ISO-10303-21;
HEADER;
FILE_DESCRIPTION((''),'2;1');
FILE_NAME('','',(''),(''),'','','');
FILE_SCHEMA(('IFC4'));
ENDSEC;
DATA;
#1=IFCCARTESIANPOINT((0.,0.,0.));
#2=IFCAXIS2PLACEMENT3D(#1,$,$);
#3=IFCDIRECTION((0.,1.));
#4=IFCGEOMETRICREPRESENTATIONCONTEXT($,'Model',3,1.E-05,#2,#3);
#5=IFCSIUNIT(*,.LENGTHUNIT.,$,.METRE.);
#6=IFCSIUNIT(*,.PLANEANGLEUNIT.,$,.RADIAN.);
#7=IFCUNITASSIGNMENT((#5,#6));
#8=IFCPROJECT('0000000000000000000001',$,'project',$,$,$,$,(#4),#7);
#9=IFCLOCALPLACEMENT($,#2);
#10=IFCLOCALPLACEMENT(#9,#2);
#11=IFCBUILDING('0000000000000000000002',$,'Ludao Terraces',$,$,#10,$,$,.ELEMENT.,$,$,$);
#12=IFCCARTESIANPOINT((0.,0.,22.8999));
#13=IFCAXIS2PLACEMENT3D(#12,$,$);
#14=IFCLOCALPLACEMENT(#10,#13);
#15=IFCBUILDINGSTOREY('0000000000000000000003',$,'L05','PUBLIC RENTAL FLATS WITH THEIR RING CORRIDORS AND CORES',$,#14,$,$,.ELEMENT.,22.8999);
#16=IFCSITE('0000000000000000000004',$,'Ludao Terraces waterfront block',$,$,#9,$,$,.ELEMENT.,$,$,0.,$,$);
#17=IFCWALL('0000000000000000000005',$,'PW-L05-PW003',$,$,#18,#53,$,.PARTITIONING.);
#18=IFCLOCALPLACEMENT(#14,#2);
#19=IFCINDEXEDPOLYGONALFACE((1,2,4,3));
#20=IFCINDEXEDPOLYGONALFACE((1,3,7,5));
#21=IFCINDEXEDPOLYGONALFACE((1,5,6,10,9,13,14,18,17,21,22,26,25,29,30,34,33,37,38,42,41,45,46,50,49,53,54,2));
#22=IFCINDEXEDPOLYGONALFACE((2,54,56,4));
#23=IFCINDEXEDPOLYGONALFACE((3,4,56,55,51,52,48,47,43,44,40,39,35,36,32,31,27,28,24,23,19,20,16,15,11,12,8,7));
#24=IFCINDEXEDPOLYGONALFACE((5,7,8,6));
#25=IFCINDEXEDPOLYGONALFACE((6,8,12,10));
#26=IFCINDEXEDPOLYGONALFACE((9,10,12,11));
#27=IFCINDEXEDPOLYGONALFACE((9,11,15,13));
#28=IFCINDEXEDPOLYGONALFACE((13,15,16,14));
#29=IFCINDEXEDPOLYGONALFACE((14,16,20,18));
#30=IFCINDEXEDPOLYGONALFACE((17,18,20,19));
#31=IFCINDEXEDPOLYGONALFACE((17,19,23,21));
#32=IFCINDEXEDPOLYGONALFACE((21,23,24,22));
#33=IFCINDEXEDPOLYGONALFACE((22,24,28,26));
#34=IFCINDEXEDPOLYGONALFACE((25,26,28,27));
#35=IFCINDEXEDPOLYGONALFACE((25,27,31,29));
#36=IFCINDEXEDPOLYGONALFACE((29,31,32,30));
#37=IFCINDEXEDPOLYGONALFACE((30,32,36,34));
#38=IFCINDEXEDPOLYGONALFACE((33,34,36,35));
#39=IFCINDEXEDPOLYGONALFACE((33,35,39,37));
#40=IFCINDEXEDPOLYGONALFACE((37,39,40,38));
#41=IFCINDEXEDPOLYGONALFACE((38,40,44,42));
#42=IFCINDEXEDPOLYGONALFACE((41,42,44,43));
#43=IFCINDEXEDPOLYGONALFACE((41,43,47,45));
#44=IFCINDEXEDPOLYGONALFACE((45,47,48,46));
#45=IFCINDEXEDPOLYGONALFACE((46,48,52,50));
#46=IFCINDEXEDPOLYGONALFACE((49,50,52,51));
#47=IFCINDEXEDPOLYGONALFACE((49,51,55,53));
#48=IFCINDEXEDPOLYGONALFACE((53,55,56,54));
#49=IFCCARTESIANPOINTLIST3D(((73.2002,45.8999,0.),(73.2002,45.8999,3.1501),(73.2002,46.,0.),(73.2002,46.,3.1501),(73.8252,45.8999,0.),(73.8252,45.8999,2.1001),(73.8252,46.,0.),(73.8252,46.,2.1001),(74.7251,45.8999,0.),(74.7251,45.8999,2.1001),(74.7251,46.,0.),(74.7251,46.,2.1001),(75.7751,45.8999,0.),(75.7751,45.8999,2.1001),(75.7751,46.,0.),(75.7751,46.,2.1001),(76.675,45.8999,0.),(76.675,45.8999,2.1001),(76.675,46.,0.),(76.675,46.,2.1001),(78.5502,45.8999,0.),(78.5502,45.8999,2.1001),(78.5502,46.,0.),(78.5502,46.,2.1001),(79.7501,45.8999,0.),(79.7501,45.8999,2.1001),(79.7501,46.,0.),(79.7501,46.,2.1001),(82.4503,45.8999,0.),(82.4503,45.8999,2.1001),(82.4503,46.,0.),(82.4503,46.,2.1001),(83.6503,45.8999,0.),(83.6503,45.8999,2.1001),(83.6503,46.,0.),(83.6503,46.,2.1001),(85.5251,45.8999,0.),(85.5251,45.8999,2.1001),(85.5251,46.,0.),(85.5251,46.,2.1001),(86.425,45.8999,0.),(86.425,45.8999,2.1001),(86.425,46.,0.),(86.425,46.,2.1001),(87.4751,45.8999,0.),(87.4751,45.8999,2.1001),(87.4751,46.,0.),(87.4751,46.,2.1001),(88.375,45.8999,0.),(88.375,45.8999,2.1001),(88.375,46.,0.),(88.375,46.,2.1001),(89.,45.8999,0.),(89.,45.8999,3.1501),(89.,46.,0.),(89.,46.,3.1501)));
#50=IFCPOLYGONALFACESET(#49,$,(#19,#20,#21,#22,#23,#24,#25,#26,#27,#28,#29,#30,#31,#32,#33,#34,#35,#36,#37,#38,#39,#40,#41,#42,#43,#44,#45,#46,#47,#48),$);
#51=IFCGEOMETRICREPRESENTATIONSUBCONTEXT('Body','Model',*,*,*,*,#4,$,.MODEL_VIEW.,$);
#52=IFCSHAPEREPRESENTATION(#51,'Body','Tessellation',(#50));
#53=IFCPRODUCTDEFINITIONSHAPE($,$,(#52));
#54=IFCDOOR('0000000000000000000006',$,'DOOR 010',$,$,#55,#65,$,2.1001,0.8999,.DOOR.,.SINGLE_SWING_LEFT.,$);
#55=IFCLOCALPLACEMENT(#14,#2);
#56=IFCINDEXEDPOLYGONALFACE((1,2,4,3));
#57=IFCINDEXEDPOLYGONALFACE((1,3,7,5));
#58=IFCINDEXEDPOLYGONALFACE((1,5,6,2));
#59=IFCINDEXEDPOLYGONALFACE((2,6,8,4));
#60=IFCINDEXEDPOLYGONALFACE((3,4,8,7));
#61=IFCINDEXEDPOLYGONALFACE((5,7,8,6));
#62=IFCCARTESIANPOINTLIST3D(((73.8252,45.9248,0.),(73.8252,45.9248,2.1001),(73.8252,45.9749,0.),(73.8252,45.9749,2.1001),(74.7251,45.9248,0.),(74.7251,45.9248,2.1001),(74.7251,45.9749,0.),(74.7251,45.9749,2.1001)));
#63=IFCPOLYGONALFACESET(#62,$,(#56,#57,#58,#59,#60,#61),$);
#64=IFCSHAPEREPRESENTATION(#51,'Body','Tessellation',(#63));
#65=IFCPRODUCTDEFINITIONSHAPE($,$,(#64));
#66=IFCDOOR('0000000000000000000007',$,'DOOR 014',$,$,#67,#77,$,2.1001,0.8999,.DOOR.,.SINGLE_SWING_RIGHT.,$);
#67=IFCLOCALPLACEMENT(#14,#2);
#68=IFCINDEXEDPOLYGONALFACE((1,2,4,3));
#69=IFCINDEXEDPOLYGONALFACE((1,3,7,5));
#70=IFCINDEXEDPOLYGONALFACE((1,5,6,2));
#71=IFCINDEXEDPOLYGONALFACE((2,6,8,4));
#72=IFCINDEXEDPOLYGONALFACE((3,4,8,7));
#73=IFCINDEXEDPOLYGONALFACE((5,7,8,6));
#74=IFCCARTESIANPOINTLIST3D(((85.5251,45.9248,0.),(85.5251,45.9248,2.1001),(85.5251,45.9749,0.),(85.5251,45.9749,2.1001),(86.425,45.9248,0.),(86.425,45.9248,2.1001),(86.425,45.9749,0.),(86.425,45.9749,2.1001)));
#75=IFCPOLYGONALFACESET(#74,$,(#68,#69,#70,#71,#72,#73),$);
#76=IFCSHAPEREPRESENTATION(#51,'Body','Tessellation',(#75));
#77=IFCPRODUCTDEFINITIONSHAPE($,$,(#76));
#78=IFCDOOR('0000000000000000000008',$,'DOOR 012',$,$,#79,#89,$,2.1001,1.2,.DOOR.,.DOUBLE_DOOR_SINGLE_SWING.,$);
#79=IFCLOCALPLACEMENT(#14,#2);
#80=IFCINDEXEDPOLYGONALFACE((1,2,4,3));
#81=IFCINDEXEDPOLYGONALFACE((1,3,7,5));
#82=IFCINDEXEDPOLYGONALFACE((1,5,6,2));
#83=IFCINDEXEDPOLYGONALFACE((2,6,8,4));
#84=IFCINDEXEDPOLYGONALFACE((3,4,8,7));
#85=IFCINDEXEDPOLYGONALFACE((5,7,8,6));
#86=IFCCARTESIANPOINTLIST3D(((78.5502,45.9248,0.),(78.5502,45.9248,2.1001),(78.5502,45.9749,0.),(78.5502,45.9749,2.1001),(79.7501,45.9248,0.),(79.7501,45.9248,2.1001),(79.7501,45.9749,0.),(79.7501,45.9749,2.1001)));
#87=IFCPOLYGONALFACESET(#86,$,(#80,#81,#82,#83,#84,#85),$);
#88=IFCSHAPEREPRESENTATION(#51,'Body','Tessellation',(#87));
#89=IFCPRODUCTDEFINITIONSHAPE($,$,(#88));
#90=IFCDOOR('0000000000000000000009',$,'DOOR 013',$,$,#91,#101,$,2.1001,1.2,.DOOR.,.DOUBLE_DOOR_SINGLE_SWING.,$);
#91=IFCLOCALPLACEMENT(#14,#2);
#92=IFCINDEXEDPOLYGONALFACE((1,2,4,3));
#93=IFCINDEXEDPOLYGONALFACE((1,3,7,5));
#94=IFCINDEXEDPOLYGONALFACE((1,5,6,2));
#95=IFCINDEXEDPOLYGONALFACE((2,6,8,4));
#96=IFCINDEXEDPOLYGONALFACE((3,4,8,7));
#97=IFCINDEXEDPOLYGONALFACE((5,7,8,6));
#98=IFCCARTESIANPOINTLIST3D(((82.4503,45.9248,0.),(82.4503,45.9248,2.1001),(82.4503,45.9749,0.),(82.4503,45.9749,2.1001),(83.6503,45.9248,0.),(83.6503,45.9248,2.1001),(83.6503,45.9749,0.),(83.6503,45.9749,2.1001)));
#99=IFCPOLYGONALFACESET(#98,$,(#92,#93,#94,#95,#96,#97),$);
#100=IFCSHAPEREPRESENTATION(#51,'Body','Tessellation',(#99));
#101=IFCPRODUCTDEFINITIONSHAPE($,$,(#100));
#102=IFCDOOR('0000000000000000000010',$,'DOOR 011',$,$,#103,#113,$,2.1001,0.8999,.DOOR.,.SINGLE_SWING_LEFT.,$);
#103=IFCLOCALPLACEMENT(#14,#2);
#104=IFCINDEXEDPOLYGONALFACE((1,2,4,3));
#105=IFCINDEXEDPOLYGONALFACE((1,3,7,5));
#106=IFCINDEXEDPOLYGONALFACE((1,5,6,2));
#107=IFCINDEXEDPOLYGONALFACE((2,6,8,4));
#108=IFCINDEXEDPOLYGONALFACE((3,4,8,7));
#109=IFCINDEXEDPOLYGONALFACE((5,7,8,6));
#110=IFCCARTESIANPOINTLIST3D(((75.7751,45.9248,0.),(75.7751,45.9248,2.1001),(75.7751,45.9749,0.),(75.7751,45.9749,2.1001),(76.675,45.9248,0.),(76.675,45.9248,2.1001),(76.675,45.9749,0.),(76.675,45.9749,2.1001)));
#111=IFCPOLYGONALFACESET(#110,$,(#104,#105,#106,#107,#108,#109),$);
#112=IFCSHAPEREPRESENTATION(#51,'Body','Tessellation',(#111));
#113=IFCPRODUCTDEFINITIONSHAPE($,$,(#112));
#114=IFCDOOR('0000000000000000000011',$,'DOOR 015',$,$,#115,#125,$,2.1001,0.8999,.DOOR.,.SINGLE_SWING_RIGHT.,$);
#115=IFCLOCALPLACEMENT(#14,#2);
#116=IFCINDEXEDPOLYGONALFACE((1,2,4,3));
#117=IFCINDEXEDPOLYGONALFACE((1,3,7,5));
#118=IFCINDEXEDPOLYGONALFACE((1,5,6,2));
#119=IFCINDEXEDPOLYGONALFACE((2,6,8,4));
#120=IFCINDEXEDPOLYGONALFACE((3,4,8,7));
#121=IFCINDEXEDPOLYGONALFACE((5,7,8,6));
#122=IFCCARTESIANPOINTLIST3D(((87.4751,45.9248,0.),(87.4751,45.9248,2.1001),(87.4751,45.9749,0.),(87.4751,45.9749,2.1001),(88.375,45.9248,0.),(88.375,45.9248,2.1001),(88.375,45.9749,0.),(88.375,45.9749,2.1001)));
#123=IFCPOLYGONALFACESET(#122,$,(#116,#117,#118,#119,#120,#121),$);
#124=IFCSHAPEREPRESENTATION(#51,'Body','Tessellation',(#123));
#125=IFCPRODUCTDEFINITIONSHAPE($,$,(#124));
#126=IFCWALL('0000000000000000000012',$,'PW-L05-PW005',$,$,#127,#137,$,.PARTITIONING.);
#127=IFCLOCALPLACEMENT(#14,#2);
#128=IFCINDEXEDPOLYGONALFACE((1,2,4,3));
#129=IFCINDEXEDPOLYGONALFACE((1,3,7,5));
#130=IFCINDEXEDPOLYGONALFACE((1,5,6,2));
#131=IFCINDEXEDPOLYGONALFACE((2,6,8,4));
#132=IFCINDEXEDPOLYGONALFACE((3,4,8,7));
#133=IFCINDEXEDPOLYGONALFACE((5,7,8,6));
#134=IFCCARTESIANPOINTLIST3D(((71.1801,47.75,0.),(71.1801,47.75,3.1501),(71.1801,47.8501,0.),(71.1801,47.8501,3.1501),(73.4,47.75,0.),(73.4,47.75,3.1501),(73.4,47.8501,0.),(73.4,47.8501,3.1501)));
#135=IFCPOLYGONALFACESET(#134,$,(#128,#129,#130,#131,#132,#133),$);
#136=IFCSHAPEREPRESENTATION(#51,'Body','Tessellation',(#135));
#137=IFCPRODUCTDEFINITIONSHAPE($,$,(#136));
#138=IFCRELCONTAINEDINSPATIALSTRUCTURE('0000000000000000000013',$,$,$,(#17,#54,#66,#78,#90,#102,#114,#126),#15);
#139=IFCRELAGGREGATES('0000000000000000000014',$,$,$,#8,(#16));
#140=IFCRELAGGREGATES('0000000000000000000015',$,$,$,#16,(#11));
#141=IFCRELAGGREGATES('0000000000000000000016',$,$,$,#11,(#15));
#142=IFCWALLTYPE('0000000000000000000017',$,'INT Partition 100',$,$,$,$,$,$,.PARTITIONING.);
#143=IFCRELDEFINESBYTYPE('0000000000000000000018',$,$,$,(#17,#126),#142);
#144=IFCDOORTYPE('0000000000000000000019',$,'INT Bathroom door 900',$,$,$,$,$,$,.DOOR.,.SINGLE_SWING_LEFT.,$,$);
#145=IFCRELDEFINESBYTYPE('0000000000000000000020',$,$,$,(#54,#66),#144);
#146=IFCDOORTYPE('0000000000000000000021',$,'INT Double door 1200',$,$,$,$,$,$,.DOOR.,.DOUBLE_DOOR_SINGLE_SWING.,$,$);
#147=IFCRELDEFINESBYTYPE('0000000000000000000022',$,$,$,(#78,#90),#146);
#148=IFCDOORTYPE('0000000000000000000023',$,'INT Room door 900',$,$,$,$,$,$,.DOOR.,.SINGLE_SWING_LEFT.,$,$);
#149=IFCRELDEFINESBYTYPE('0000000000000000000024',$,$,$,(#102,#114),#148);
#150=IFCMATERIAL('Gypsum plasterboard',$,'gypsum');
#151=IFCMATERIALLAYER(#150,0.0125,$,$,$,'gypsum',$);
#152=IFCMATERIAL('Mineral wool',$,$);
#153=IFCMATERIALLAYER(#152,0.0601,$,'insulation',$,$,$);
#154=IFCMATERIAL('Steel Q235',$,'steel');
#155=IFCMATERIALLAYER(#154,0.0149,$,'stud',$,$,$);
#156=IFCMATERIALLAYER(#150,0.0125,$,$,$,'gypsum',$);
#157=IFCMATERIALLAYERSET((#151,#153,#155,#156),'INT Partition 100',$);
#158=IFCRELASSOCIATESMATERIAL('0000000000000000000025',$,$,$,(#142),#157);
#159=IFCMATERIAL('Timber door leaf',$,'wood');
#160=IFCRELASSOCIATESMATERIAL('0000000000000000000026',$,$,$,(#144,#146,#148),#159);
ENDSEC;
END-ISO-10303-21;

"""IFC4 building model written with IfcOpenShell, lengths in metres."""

from ifc_helpers import new_model, si_unit, direction, frame, frame_2d, origin, place, context, subcontext, project, spatial, rectangle, extrude, material, layer, layer_set, type_object, element, fill, save


model = new_model("IFC4")

# Units and contexts
model_context = context("Model", 3, precision=1e-05, world=origin(), true_north=direction((0.0, 1.0)))
body_context = subcontext(model_context, "Body", "Model", "MODEL_VIEW")
ifc_project = project(units=[si_unit("LENGTHUNIT", "METRE"), si_unit("PLANEANGLEUNIT", "RADIAN")], contexts=[model_context])

# Site, building, storey
site_placement = place(None, origin())
site = spatial("IfcSite", under=ifc_project, at=site_placement, Name="Ludao Terraces waterfront block", CompositionType="ELEMENT", RefElevation=0.0)
building_placement = place(site_placement, origin())
building = spatial("IfcBuilding", under=site, at=building_placement, Name="Ludao Terraces", CompositionType="ELEMENT")
storey_placement = place(building_placement, frame((0.0, 0.0, 22.8999)))
storey = spatial("IfcBuildingStorey", under=building, at=storey_placement, Name="L05", Description="PUBLIC RENTAL FLATS WITH THEIR RING CORRIDORS AND CORES", CompositionType="ELEMENT", Elevation=22.8999)

# Shared definitions
ifc_material_1 = material(Name="Mineral wool")

# Wall, openings, doors
ifc_material_2 = material(Name="Gypsum plasterboard", Category="gypsum")
ifc_layer_1 = layer(ifc_material_2, 0.0125, Category="gypsum")
ifc_layer_2 = layer(ifc_material_1, 0.0601, Name="insulation")
ifc_material_3 = material(Name="Steel Q235", Category="steel")
ifc_layer_3 = layer(ifc_material_3, 0.0149, Name="stud")
ifc_layer_4 = layer(ifc_material_2, 0.0125, Category="gypsum")
ifc_layer_set_1 = layer_set([ifc_layer_1, ifc_layer_2, ifc_layer_3, ifc_layer_4], Name="INT Partition 100")
wall_type_1 = type_object("IfcWallType", Name="INT Partition 100", PredefinedType="PARTITIONING", material=ifc_layer_set_1)
wall_1_placement = place(storey_placement, frame((73.2002, 45.95, 0.0), z_axis=(0.0, 0.0, 1.0), x_axis=(1.0, 0.0, 0.0)))
wall_1 = element("IfcWall", 1, at=wall_1_placement, inside=storey, type_object=wall_type_1, Name="PW-L05-PW003", PredefinedType="PARTITIONING", context=body_context, shape_type="SweptSolid", body=[
    extrude(rectangle(XDim=15.7998, YDim=0.1001, at=frame_2d((7.8999, 0.0))), origin(), (0.0, 0.0, 1.0), 3.1501),
])
opening_1_placement = place(wall_1_placement, frame((0.625, 0.0, 0.0)))
opening_1 = element("IfcOpeningElement", 2, at=opening_1_placement, cuts=wall_1, PredefinedType="OPENING", context=body_context, shape_type="SweptSolid", body=[
    extrude(rectangle(XDim=0.8999, YDim=2.1001, at=frame_2d((0.45, 1.05))), frame((0.0, 0.0601, 0.0), z_axis=(0.0, -1.0, 0.0), x_axis=(1.0, 0.0, 0.0)), (0.0, 0.0, 1.0), 0.1201),
])
opening_2_placement = place(wall_1_placement, frame((2.575, 0.0, 0.0)))
opening_2 = element("IfcOpeningElement", 3, at=opening_2_placement, cuts=wall_1, PredefinedType="OPENING", context=body_context, shape_type="SweptSolid", body=[
    extrude(rectangle(XDim=0.8999, YDim=2.1001, at=frame_2d((0.45, 1.05))), frame((0.0, 0.0601, 0.0), z_axis=(0.0, -1.0, 0.0), x_axis=(1.0, 0.0, 0.0)), (0.0, 0.0, 1.0), 0.1201),
])
opening_3_placement = place(wall_1_placement, frame((5.3499, 0.0, 0.0)))
opening_3 = element("IfcOpeningElement", 4, at=opening_3_placement, cuts=wall_1, PredefinedType="OPENING", context=body_context, shape_type="SweptSolid", body=[
    extrude(rectangle(XDim=1.2, YDim=2.1001, at=frame_2d((0.6001, 1.05))), frame((0.0, 0.0601, 0.0), z_axis=(0.0, -1.0, 0.0), x_axis=(1.0, 0.0, 0.0)), (0.0, 0.0, 1.0), 0.1201),
])
opening_4_placement = place(wall_1_placement, frame((9.25, 0.0, 0.0)))
opening_4 = element("IfcOpeningElement", 5, at=opening_4_placement, cuts=wall_1, PredefinedType="OPENING", context=body_context, shape_type="SweptSolid", body=[
    extrude(rectangle(XDim=1.2, YDim=2.1001, at=frame_2d((0.6001, 1.05))), frame((0.0, 0.0601, 0.0), z_axis=(0.0, -1.0, 0.0), x_axis=(1.0, 0.0, 0.0)), (0.0, 0.0, 1.0), 0.1201),
])
opening_5_placement = place(wall_1_placement, frame((12.325, 0.0, 0.0)))
opening_5 = element("IfcOpeningElement", 6, at=opening_5_placement, cuts=wall_1, PredefinedType="OPENING", context=body_context, shape_type="SweptSolid", body=[
    extrude(rectangle(XDim=0.8999, YDim=2.1001, at=frame_2d((0.45, 1.05))), frame((0.0, 0.0601, 0.0), z_axis=(0.0, -1.0, 0.0), x_axis=(1.0, 0.0, 0.0)), (0.0, 0.0, 1.0), 0.1201),
])
opening_6_placement = place(wall_1_placement, frame((14.2749, 0.0, 0.0)))
opening_6 = element("IfcOpeningElement", 7, at=opening_6_placement, cuts=wall_1, PredefinedType="OPENING", context=body_context, shape_type="SweptSolid", body=[
    extrude(rectangle(XDim=0.8999, YDim=2.1001, at=frame_2d((0.45, 1.05))), frame((0.0, 0.0601, 0.0), z_axis=(0.0, -1.0, 0.0), x_axis=(1.0, 0.0, 0.0)), (0.0, 0.0, 1.0), 0.1201),
])
ifc_material_4 = material(Name="Timber door leaf", Category="wood")
door_type_1 = type_object("IfcDoorType", Name="INT Bathroom door 900", OperationType="SINGLE_SWING_LEFT", PredefinedType="DOOR", material=ifc_material_4)
door_1_placement = place(opening_1_placement, origin())
door_1 = element("IfcDoor", 8, at=door_1_placement, inside=storey, type_object=door_type_1, Name="DOOR 010", OperationType="SINGLE_SWING_LEFT", OverallHeight=2.1001, OverallWidth=0.8999, PredefinedType="DOOR", context=body_context, shape_type="SweptSolid", body=[
    extrude(rectangle(XDim=0.8999, YDim=2.1001, at=frame_2d((0.45, 1.05))), frame((0.0, 0.0249, 0.0), z_axis=(0.0, -1.0, 0.0), x_axis=(1.0, 0.0, 0.0)), (0.0, 0.0, 1.0), 0.05),
])
fill(opening_1, door_1)
door_2_placement = place(opening_5_placement, origin())
door_2 = element("IfcDoor", 9, at=door_2_placement, inside=storey, type_object=door_type_1, Name="DOOR 014", OperationType="SINGLE_SWING_RIGHT", OverallHeight=2.1001, OverallWidth=0.8999, PredefinedType="DOOR", context=body_context, shape_type="SweptSolid", body=[
    extrude(rectangle(XDim=0.8999, YDim=2.1001, at=frame_2d((0.45, 1.05))), frame((0.0, 0.0249, 0.0), z_axis=(0.0, -1.0, 0.0), x_axis=(1.0, 0.0, 0.0)), (0.0, 0.0, 1.0), 0.05),
])
fill(opening_5, door_2)
door_type_2 = type_object("IfcDoorType", Name="INT Double door 1200", OperationType="DOUBLE_DOOR_SINGLE_SWING", PredefinedType="DOOR", material=ifc_material_4)
door_3_placement = place(opening_3_placement, origin())
door_3 = element("IfcDoor", 10, at=door_3_placement, inside=storey, type_object=door_type_2, Name="DOOR 012", OperationType="DOUBLE_DOOR_SINGLE_SWING", OverallHeight=2.1001, OverallWidth=1.2, PredefinedType="DOOR", context=body_context, shape_type="SweptSolid", body=[
    extrude(rectangle(XDim=1.2, YDim=2.1001, at=frame_2d((0.6001, 1.05))), frame((0.0, 0.0249, 0.0), z_axis=(0.0, -1.0, 0.0), x_axis=(1.0, 0.0, 0.0)), (0.0, 0.0, 1.0), 0.05),
])
fill(opening_3, door_3)
door_4_placement = place(opening_4_placement, origin())
door_4 = element("IfcDoor", 11, at=door_4_placement, inside=storey, type_object=door_type_2, Name="DOOR 013", OperationType="DOUBLE_DOOR_SINGLE_SWING", OverallHeight=2.1001, OverallWidth=1.2, PredefinedType="DOOR", context=body_context, shape_type="SweptSolid", body=[
    extrude(rectangle(XDim=1.2, YDim=2.1001, at=frame_2d((0.6001, 1.05))), frame((0.0, 0.0249, 0.0), z_axis=(0.0, -1.0, 0.0), x_axis=(1.0, 0.0, 0.0)), (0.0, 0.0, 1.0), 0.05),
])
fill(opening_4, door_4)
door_type_3 = type_object("IfcDoorType", Name="INT Room door 900", OperationType="SINGLE_SWING_LEFT", PredefinedType="DOOR", material=ifc_material_4)
door_5_placement = place(opening_2_placement, origin())
door_5 = element("IfcDoor", 12, at=door_5_placement, inside=storey, type_object=door_type_3, Name="DOOR 011", OperationType="SINGLE_SWING_LEFT", OverallHeight=2.1001, OverallWidth=0.8999, PredefinedType="DOOR", context=body_context, shape_type="SweptSolid", body=[
    extrude(rectangle(XDim=0.8999, YDim=2.1001, at=frame_2d((0.45, 1.05))), frame((0.0, 0.0249, 0.0), z_axis=(0.0, -1.0, 0.0), x_axis=(1.0, 0.0, 0.0)), (0.0, 0.0, 1.0), 0.05),
])
fill(opening_2, door_5)
door_6_placement = place(opening_6_placement, origin())
door_6 = element("IfcDoor", 13, at=door_6_placement, inside=storey, type_object=door_type_3, Name="DOOR 015", OperationType="SINGLE_SWING_RIGHT", OverallHeight=2.1001, OverallWidth=0.8999, PredefinedType="DOOR", context=body_context, shape_type="SweptSolid", body=[
    extrude(rectangle(XDim=0.8999, YDim=2.1001, at=frame_2d((0.45, 1.05))), frame((0.0, 0.0249, 0.0), z_axis=(0.0, -1.0, 0.0), x_axis=(1.0, 0.0, 0.0)), (0.0, 0.0, 1.0), 0.05),
])
fill(opening_6, door_6)

# Wall
wall_2_placement = place(storey_placement, frame((71.1802, 47.8, 0.0), z_axis=(0.0, 0.0, 1.0), x_axis=(1.0, 0.0, 0.0)))
element("IfcWall", 14, at=wall_2_placement, inside=storey, type_object=wall_type_1, Name="PW-L05-PW005", PredefinedType="PARTITIONING", context=body_context, shape_type="SweptSolid", body=[
    extrude(rectangle(XDim=2.22, YDim=0.1001, at=frame_2d((1.1099, 0.0))), origin(), (0.0, 0.0, 1.0), 3.1501),
])

save(model, "model.ifc")
